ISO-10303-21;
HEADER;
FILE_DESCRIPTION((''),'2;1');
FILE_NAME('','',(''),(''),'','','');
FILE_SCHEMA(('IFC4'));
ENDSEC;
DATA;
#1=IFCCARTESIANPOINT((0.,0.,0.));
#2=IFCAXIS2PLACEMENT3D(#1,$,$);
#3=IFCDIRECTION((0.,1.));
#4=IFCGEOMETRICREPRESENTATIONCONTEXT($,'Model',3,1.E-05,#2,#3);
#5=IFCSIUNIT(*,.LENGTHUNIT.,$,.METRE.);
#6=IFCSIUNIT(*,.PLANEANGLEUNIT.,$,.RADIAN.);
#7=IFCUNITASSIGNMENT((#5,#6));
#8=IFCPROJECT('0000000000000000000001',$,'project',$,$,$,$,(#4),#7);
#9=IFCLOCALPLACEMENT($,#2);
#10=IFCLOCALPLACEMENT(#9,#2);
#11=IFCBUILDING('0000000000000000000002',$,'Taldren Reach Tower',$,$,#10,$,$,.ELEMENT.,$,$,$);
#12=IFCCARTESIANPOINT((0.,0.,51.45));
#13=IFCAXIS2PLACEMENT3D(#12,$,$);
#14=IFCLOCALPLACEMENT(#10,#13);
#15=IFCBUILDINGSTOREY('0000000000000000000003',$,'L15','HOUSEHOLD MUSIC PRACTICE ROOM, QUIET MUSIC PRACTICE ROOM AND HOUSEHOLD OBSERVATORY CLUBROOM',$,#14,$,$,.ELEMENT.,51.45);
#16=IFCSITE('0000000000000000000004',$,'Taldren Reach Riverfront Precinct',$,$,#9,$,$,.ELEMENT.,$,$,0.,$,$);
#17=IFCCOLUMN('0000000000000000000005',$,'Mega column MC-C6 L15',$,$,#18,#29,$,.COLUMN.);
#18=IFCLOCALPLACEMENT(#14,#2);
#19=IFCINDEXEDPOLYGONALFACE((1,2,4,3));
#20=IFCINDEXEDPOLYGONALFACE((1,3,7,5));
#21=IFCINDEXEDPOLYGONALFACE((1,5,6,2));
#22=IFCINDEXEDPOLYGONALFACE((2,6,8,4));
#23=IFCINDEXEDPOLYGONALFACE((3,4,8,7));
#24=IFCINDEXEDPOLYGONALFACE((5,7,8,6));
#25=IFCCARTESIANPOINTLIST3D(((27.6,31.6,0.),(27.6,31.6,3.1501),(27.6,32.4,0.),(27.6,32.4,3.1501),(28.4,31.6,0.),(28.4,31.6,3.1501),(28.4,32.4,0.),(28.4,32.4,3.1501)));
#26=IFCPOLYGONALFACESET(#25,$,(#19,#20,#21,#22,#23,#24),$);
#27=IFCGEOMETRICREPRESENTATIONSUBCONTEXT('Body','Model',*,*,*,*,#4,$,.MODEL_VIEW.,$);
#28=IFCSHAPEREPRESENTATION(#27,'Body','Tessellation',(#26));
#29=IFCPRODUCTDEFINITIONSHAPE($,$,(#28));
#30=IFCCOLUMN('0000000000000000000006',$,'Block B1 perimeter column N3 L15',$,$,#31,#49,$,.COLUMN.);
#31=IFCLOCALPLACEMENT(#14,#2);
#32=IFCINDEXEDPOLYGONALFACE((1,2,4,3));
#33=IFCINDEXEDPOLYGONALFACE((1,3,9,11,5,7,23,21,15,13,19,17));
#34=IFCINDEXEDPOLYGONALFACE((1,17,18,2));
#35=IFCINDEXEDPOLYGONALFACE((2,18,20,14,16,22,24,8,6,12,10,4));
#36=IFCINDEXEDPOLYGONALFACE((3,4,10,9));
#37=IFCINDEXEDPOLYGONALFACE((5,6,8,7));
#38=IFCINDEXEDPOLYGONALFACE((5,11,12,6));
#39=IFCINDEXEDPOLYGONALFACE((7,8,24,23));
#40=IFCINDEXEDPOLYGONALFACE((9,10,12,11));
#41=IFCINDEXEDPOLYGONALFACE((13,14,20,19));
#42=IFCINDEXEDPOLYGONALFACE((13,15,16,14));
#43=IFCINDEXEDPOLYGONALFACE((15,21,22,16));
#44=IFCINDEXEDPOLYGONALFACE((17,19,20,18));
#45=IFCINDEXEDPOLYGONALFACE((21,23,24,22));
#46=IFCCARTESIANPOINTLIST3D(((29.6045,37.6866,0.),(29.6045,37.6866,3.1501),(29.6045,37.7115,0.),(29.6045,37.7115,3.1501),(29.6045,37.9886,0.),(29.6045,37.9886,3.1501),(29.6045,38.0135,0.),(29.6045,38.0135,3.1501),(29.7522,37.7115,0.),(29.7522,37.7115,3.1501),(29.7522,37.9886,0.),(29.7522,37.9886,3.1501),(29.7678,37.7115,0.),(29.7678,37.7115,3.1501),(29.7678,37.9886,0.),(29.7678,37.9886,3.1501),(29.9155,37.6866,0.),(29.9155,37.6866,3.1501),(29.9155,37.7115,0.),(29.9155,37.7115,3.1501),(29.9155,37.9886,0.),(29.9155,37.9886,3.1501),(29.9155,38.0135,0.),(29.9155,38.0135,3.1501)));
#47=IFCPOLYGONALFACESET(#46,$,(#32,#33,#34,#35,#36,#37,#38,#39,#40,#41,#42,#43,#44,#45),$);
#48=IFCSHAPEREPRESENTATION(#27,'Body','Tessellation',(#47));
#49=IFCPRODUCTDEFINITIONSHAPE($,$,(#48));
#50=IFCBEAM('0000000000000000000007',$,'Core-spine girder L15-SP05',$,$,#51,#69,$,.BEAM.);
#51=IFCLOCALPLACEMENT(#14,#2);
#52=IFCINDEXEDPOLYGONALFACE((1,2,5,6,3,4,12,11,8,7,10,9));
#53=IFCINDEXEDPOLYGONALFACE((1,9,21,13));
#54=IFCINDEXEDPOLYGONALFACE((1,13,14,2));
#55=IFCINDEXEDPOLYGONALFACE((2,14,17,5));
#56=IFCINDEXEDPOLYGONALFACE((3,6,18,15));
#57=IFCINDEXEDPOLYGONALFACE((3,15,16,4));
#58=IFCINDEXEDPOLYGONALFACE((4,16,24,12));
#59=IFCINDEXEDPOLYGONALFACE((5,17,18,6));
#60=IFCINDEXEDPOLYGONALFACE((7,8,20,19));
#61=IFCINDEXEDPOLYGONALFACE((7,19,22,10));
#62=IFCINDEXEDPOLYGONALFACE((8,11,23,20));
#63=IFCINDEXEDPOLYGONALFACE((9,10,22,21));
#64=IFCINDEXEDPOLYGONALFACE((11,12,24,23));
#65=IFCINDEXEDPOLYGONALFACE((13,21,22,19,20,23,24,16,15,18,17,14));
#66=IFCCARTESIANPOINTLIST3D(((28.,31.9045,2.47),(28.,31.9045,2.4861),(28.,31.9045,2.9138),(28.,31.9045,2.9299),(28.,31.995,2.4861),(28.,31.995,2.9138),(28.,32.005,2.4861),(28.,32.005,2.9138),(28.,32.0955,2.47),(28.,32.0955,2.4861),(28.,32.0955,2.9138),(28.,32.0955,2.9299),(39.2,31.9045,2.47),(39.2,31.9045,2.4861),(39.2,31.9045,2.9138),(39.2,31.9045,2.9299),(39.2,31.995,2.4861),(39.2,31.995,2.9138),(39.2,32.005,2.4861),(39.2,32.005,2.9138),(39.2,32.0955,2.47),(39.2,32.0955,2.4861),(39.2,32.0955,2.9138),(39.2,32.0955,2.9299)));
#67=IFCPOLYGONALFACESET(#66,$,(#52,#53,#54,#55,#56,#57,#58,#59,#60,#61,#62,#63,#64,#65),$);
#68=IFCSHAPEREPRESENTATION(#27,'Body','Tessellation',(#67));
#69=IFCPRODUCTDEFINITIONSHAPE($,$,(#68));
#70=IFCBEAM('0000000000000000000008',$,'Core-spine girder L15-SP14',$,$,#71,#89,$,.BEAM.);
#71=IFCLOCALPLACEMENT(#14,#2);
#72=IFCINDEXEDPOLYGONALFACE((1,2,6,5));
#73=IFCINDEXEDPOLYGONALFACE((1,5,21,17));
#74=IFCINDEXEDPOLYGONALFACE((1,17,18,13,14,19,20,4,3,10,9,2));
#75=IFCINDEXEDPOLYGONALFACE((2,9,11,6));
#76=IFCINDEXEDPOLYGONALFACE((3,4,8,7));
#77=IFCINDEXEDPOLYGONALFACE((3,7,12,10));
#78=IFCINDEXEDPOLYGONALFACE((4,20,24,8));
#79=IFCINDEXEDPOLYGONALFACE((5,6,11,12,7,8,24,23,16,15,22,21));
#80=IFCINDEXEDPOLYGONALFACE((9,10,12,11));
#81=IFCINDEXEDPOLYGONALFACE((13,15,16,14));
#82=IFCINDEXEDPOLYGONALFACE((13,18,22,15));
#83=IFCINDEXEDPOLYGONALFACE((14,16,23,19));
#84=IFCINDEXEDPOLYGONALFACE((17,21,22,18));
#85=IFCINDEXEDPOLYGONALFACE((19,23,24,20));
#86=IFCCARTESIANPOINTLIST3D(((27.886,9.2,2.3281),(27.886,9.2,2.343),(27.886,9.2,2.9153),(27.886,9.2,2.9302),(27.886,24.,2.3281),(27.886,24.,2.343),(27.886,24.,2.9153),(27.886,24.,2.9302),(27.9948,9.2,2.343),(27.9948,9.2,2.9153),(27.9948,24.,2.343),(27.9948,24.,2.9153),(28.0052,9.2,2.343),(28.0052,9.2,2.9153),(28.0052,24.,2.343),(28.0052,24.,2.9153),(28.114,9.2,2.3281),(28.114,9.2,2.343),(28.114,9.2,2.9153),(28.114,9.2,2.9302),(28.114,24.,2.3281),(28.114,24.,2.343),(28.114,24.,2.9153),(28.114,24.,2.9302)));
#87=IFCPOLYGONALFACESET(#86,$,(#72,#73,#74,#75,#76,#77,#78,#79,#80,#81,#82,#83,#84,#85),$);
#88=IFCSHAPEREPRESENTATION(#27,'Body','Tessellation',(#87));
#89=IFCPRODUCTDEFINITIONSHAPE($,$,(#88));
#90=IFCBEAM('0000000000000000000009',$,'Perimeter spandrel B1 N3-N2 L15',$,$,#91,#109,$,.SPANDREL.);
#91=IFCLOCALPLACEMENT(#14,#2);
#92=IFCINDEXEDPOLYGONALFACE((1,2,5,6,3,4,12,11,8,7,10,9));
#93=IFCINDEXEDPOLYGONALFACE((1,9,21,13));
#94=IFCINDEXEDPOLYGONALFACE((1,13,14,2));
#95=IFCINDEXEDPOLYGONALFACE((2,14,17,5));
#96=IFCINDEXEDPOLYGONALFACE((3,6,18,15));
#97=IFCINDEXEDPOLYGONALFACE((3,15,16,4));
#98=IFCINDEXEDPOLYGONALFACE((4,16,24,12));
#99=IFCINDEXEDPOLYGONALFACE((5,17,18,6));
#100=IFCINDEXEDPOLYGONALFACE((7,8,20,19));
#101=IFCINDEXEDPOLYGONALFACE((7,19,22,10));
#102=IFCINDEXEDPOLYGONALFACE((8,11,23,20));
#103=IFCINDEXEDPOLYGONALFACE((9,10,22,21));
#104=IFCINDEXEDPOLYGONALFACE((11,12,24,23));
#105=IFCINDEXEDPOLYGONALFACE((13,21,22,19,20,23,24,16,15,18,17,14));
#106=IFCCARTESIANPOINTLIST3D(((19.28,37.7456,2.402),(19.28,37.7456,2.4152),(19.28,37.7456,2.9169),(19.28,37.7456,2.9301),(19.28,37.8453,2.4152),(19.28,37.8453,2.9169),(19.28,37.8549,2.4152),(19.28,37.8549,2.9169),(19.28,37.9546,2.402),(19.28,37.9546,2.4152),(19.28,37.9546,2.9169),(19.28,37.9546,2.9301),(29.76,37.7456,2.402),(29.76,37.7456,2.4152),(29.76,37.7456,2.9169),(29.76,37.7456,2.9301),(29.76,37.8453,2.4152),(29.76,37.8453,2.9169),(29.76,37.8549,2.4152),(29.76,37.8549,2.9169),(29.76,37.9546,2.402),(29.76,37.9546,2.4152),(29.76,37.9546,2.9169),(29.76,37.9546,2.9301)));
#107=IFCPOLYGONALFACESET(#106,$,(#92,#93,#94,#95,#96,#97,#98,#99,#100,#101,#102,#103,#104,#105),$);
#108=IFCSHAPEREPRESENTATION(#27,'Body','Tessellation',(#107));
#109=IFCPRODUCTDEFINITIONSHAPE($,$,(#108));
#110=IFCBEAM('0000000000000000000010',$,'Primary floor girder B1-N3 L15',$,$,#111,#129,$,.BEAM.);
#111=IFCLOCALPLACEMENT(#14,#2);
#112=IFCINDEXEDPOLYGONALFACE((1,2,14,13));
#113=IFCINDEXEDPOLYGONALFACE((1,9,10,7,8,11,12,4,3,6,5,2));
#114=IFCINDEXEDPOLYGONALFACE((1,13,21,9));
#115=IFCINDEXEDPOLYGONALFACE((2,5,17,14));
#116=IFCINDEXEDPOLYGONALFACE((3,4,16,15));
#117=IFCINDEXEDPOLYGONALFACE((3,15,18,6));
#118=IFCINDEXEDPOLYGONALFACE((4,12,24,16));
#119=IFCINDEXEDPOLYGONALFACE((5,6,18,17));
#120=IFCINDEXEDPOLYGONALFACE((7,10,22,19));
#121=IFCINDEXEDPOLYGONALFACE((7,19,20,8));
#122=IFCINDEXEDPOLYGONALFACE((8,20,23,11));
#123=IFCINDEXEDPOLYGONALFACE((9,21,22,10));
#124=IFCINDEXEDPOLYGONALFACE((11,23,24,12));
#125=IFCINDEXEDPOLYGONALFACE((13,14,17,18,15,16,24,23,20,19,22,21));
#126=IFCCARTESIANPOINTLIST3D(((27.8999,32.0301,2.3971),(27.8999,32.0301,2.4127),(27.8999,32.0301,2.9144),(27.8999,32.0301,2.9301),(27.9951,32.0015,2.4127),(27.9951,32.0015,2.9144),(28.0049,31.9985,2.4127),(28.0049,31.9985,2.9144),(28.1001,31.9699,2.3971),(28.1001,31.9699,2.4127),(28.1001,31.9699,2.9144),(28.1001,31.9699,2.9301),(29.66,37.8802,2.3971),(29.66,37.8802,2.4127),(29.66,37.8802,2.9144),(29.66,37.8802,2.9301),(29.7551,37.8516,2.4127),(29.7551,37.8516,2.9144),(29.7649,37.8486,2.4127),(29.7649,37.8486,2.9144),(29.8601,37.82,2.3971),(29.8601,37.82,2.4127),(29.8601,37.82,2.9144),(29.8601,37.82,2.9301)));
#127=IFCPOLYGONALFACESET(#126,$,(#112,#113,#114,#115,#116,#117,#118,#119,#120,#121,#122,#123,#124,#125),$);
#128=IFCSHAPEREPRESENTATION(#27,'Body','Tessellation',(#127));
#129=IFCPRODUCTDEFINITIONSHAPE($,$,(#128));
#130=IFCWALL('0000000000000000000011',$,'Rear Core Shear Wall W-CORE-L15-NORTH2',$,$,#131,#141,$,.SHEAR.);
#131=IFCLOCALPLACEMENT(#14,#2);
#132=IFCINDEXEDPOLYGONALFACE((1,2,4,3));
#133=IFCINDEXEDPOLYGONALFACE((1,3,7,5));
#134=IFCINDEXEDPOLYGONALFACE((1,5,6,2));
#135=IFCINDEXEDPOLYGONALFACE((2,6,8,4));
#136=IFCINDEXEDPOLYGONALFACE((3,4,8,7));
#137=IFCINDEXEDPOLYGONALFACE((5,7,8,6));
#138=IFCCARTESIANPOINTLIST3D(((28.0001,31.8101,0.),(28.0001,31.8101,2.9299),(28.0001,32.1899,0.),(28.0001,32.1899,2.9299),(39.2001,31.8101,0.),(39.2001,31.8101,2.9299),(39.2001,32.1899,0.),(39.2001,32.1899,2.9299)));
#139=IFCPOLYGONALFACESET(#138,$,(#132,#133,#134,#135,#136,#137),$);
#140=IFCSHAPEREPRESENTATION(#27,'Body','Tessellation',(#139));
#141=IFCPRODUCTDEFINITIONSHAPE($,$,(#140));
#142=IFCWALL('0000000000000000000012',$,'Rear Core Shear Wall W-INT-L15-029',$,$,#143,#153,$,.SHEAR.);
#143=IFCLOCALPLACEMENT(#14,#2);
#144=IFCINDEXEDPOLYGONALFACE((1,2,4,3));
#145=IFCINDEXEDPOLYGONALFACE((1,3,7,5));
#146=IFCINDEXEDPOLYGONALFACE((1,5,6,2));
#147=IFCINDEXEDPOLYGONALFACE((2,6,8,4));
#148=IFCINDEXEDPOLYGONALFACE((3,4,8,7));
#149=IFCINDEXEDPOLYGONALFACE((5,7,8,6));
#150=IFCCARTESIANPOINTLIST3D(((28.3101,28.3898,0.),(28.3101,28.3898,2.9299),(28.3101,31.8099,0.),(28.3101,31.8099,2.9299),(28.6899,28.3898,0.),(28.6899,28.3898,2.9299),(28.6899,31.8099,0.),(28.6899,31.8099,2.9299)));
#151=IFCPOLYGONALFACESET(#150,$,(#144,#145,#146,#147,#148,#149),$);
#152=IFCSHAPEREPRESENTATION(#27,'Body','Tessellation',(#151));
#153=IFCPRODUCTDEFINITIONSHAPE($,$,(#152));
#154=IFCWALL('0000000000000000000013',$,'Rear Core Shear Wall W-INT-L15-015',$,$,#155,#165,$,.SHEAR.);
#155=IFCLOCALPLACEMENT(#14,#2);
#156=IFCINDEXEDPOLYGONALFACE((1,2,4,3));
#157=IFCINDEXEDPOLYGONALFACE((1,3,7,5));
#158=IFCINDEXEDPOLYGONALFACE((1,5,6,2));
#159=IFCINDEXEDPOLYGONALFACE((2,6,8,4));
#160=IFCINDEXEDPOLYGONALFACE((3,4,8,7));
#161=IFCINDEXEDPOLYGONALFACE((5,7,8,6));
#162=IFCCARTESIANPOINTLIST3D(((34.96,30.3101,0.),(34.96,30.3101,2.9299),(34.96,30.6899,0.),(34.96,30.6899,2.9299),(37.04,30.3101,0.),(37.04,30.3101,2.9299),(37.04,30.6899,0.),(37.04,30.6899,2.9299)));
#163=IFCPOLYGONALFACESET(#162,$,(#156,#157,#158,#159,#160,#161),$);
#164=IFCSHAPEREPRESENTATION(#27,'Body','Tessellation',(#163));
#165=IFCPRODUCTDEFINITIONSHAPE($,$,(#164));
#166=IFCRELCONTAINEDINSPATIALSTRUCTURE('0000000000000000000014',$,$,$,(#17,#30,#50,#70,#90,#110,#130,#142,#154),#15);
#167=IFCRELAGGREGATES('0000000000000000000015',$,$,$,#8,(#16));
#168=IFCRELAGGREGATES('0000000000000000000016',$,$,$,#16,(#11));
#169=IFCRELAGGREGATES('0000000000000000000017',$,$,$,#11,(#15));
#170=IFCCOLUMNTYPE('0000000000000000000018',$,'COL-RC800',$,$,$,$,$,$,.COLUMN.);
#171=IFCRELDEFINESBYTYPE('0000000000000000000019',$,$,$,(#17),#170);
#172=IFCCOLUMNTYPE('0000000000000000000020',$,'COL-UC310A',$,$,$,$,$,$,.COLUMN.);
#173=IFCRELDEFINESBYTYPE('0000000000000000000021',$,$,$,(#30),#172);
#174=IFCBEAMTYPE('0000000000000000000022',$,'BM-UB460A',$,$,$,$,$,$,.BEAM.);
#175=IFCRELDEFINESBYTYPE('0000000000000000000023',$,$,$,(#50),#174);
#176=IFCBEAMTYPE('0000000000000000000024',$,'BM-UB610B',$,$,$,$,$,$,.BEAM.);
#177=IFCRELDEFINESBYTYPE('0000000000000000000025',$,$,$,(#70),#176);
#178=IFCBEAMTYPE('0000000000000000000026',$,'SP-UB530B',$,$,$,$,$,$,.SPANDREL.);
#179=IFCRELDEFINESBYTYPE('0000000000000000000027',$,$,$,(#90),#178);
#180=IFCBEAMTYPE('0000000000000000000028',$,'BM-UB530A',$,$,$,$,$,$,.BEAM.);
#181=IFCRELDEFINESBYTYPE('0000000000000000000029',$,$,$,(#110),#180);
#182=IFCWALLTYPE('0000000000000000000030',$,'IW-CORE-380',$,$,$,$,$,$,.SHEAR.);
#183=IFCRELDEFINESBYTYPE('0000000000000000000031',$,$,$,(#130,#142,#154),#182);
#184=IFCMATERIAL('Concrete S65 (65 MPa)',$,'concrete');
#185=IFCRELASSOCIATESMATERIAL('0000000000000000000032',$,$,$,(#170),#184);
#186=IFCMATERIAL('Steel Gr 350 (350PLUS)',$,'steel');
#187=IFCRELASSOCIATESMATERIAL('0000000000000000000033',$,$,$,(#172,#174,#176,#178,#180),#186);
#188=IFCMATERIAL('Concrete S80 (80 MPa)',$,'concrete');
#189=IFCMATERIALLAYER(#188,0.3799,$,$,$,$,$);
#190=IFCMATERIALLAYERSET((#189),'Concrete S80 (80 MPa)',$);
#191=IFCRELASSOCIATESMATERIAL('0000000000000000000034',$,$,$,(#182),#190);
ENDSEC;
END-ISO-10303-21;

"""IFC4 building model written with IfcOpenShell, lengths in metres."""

from ifc_helpers import new_model, si_unit, direction, frame, frame_2d, origin, origin_2d, place, context, subcontext, project, spatial, rectangle, i_section, extrude, source, transform, mapped, material, layer, layer_set, material_profile, profile_set, type_object, element, save


model = new_model("IFC4")

# Units and contexts
model_context = context("Model", 3, precision=1e-05, world=origin(), true_north=direction((0.0, 1.0)))
body_context = subcontext(model_context, "Body", "Model", "MODEL_VIEW")
ifc_project = project(units=[si_unit("LENGTHUNIT", "METRE"), si_unit("PLANEANGLEUNIT", "RADIAN")], contexts=[model_context])

# Site, building, storey
site_placement = place(None, origin())
site = spatial("IfcSite", under=ifc_project, at=site_placement, Name="Taldren Reach Riverfront Precinct", CompositionType="ELEMENT", RefElevation=0.0)
building_placement = place(site_placement, origin())
building = spatial("IfcBuilding", under=site, at=building_placement, Name="Taldren Reach Tower", CompositionType="ELEMENT")
storey_placement = place(building_placement, frame((0.0, 0.0, 51.45)))
storey = spatial("IfcBuildingStorey", under=building, at=storey_placement, Name="L15", Description="HOUSEHOLD MUSIC PRACTICE ROOM, QUIET MUSIC PRACTICE ROOM AND HOUSEHOLD OBSERVATORY CLUBROOM", CompositionType="ELEMENT", Elevation=51.45)

# Columns
ifc_material_1 = material(Name="Concrete S65 (65 MPa)", Category="concrete")
ifc_material_profile_1 = material_profile(ifc_material_1, rectangle(XDim=0.8, YDim=0.8, at=origin_2d()), Name="RC-800x800")
ifc_profile_set_1 = profile_set([ifc_material_profile_1], Name="Concrete S65 (65 MPa)")
column_type_1 = type_object("IfcColumnType", Name="COL-RC800", PredefinedType="COLUMN", material=ifc_profile_set_1)
shared_shape_1 = source(origin(), body_context, "Body", "SweptSolid", [
    extrude(rectangle(XDim=0.8, YDim=0.8, at=origin_2d()), origin(), (0.0, 0.0, 1.0), 3.1501),
])
column_1_placement = place(storey_placement, frame((28.0, 32.0, 0.0), z_axis=(0.0, 0.0, 1.0), x_axis=(1.0, 0.0, 0.0)))
element("IfcColumn", 1, at=column_1_placement, inside=storey, type_object=column_type_1, Name="Mega column MC-C6 L15", PredefinedType="COLUMN", context=body_context, shape_type="MappedRepresentation", body=[
    mapped(shared_shape_1, transform((0.0, 0.0, 0.0), scale=1.0)),
])
ifc_material_2 = material(Name="Steel Gr 350 (350PLUS)", Category="steel")
ifc_material_profile_2 = material_profile(ifc_material_2, i_section(OverallWidth=0.311, OverallDepth=0.3269, WebThickness=0.0156, FlangeThickness=0.0249, at=origin_2d()), Name="310UC158")
ifc_profile_set_2 = profile_set([ifc_material_profile_2], Name="Steel Gr 350 (350PLUS)")
column_type_2 = type_object("IfcColumnType", Name="COL-UC310A", PredefinedType="COLUMN", material=ifc_profile_set_2)
shared_shape_2 = source(origin(), body_context, "Body", "SweptSolid", [
    extrude(i_section(OverallWidth=0.311, OverallDepth=0.3269, WebThickness=0.0156, FlangeThickness=0.0249, at=origin_2d()), origin(), (0.0, 0.0, 1.0), 3.1501),
])
column_2_placement = place(storey_placement, frame((29.76, 37.8501, 0.0), z_axis=(0.0, 0.0, 1.0), x_axis=(1.0, 0.0, 0.0)))
element("IfcColumn", 2, at=column_2_placement, inside=storey, type_object=column_type_2, Name="Block B1 perimeter column N3 L15", PredefinedType="COLUMN", context=body_context, shape_type="MappedRepresentation", body=[
    mapped(shared_shape_2, transform((0.0, 0.0, 0.0), scale=1.0)),
])

# Beams
ifc_material_profile_3 = material_profile(ifc_material_2, i_section(OverallWidth=0.1909, OverallDepth=0.46, WebThickness=0.01, FlangeThickness=0.0161, at=origin_2d()), Name="460UB82.1")
ifc_profile_set_3 = profile_set([ifc_material_profile_3], Name="Steel Gr 350 (350PLUS)")
beam_type_1 = type_object("IfcBeamType", Name="BM-UB460A", PredefinedType="BEAM", material=ifc_profile_set_3)
shared_shape_3 = source(origin(), body_context, "Body", "SweptSolid", [
    extrude(i_section(OverallWidth=0.1909, OverallDepth=0.46, WebThickness=0.01, FlangeThickness=0.0161, at=origin_2d()), origin(), (0.0, 0.0, 1.0), 11.2),
])
beam_1_placement = place(storey_placement, frame((28.0, 32.0, 2.7), z_axis=(1.0, 0.0, 0.0), x_axis=(0.0, 1.0, 0.0)))
element("IfcBeam", 3, at=beam_1_placement, inside=storey, type_object=beam_type_1, Name="Core-spine girder L15-SP05", PredefinedType="BEAM", context=body_context, shape_type="MappedRepresentation", body=[
    mapped(shared_shape_3, transform((0.0, 0.0, 0.0), scale=1.0)),
])
ifc_material_profile_4 = material_profile(ifc_material_2, i_section(OverallWidth=0.228, OverallDepth=0.6021, WebThickness=0.0105, FlangeThickness=0.0149, at=origin_2d()), Name="610UB101")
ifc_profile_set_4 = profile_set([ifc_material_profile_4], Name="Steel Gr 350 (350PLUS)")
beam_type_2 = type_object("IfcBeamType", Name="BM-UB610B", PredefinedType="BEAM", material=ifc_profile_set_4)
shared_shape_4 = source(origin(), body_context, "Body", "SweptSolid", [
    extrude(i_section(OverallWidth=0.228, OverallDepth=0.6021, WebThickness=0.0105, FlangeThickness=0.0149, at=origin_2d()), origin(), (0.0, 0.0, 1.0), 14.8),
])
beam_2_placement = place(storey_placement, frame((28.0, 24.0, 2.6292), z_axis=(0.0, -1.0, 0.0), x_axis=(1.0, 0.0, 0.0)))
element("IfcBeam", 4, at=beam_2_placement, inside=storey, type_object=beam_type_2, Name="Core-spine girder L15-SP14", PredefinedType="BEAM", context=body_context, shape_type="MappedRepresentation", body=[
    mapped(shared_shape_4, transform((0.0, 0.0, 0.0), scale=1.0)),
])
ifc_material_profile_5 = material_profile(ifc_material_2, i_section(OverallWidth=0.209, OverallDepth=0.5281, WebThickness=0.0095, FlangeThickness=0.0132, at=origin_2d()), Name="530UB82.0")
ifc_profile_set_5 = profile_set([ifc_material_profile_5], Name="Steel Gr 350 (350PLUS)")
beam_type_3 = type_object("IfcBeamType", Name="SP-UB530B", PredefinedType="SPANDREL", material=ifc_profile_set_5)
shared_shape_5 = source(origin(), body_context, "Body", "SweptSolid", [
    extrude(i_section(OverallWidth=0.209, OverallDepth=0.5281, WebThickness=0.0095, FlangeThickness=0.0132, at=origin_2d()), origin(), (0.0, 0.0, 1.0), 10.48),
])
beam_3_placement = place(storey_placement, frame((29.76, 37.8501, 2.666), z_axis=(-1.0, 0.0, 0.0), x_axis=(0.0, -1.0, 0.0)))
element("IfcBeam", 5, at=beam_3_placement, inside=storey, type_object=beam_type_3, Name="Perimeter spandrel B1 N3-N2 L15", PredefinedType="SPANDREL", context=body_context, shape_type="MappedRepresentation", body=[
    mapped(shared_shape_5, transform((0.0, 0.0, 0.0), scale=1.0)),
])
ifc_material_profile_6 = material_profile(ifc_material_2, i_section(OverallWidth=0.209, OverallDepth=0.533, WebThickness=0.0103, FlangeThickness=0.0156, at=origin_2d()), Name="530UB92.4")
ifc_profile_set_6 = profile_set([ifc_material_profile_6], Name="Steel Gr 350 (350PLUS)")
beam_type_4 = type_object("IfcBeamType", Name="BM-UB530A", PredefinedType="BEAM", material=ifc_profile_set_6)
shared_shape_6 = source(origin(), body_context, "Body", "SweptSolid", [
    extrude(i_section(OverallWidth=0.209, OverallDepth=0.533, WebThickness=0.0103, FlangeThickness=0.0156, at=origin_2d()), origin(), (0.0, 0.0, 1.0), 6.1091),
])
beam_4_placement = place(storey_placement, frame((28.0, 32.0, 2.6636), z_axis=(0.288096, 0.957602, 0.0), x_axis=(-0.957602, 0.288096, 0.0)))
element("IfcBeam", 6, at=beam_4_placement, inside=storey, type_object=beam_type_4, Name="Primary floor girder B1-N3 L15", PredefinedType="BEAM", context=body_context, shape_type="MappedRepresentation", body=[
    mapped(shared_shape_6, transform((0.0, 0.0, 0.0), scale=1.0)),
])

# Walls
ifc_material_3 = material(Name="Concrete S80 (80 MPa)", Category="concrete")
ifc_layer_1 = layer(ifc_material_3, 0.3799)
ifc_layer_set_1 = layer_set([ifc_layer_1], Name="Concrete S80 (80 MPa)")
wall_type_1 = type_object("IfcWallType", Name="IW-CORE-380", PredefinedType="SHEAR", material=ifc_layer_set_1)
shared_shape_7 = source(origin(), body_context, "Body", "SweptSolid", [
    extrude(rectangle(XDim=11.2, YDim=0.3799, at=frame_2d((5.6001, 0.0))), origin(), (0.0, 0.0, 1.0), 2.9299),
])
wall_1_placement = place(storey_placement, frame((28.0, 32.0, 0.0), z_axis=(0.0, 0.0, 1.0), x_axis=(1.0, 0.0, 0.0)))
element("IfcWall", 7, at=wall_1_placement, inside=storey, type_object=wall_type_1, Name="Rear Core Shear Wall W-CORE-L15-NORTH2", PredefinedType="SHEAR", context=body_context, shape_type="MappedRepresentation", body=[
    mapped(shared_shape_7, transform((0.0, 0.0, 0.0), scale=1.0)),
])
shared_shape_8 = source(origin(), body_context, "Body", "SweptSolid", [
    extrude(rectangle(XDim=3.4202, YDim=0.3799, at=frame_2d((1.71, 0.0))), origin(), (0.0, 0.0, 1.0), 2.9299),
])
wall_2_placement = place(storey_placement, frame((28.5, 28.3899, 0.0), z_axis=(0.0, 0.0, 1.0), x_axis=(0.0, 1.0, 0.0)))
element("IfcWall", 8, at=wall_2_placement, inside=storey, type_object=wall_type_1, Name="Rear Core Shear Wall W-INT-L15-029", PredefinedType="SHEAR", context=body_context, shape_type="MappedRepresentation", body=[
    mapped(shared_shape_8, transform((0.0, 0.0, 0.0), scale=1.0)),
])
shared_shape_9 = source(origin(), body_context, "Body", "SweptSolid", [
    extrude(rectangle(XDim=2.0801, YDim=0.3799, at=frame_2d((1.04, 0.0))), origin(), (0.0, 0.0, 1.0), 2.9299),
])
for number, where, z_axis, x_axis, name in (
    (9, (34.96, 30.5, 0.0), (0.0, 0.0, 1.0), (1.0, 0.0, 0.0), "Rear Core Shear Wall W-INT-L15-015"),
):
    element("IfcWall", number, at=place(storey_placement, frame(where, z_axis=z_axis, x_axis=x_axis)), inside=storey, type_object=wall_type_1, Name=name, PredefinedType="SHEAR", context=body_context, shape_type="MappedRepresentation", body=[
        mapped(shared_shape_9, transform((0.0, 0.0, 0.0), scale=1.0)),
    ])

save(model, "model.ifc")
